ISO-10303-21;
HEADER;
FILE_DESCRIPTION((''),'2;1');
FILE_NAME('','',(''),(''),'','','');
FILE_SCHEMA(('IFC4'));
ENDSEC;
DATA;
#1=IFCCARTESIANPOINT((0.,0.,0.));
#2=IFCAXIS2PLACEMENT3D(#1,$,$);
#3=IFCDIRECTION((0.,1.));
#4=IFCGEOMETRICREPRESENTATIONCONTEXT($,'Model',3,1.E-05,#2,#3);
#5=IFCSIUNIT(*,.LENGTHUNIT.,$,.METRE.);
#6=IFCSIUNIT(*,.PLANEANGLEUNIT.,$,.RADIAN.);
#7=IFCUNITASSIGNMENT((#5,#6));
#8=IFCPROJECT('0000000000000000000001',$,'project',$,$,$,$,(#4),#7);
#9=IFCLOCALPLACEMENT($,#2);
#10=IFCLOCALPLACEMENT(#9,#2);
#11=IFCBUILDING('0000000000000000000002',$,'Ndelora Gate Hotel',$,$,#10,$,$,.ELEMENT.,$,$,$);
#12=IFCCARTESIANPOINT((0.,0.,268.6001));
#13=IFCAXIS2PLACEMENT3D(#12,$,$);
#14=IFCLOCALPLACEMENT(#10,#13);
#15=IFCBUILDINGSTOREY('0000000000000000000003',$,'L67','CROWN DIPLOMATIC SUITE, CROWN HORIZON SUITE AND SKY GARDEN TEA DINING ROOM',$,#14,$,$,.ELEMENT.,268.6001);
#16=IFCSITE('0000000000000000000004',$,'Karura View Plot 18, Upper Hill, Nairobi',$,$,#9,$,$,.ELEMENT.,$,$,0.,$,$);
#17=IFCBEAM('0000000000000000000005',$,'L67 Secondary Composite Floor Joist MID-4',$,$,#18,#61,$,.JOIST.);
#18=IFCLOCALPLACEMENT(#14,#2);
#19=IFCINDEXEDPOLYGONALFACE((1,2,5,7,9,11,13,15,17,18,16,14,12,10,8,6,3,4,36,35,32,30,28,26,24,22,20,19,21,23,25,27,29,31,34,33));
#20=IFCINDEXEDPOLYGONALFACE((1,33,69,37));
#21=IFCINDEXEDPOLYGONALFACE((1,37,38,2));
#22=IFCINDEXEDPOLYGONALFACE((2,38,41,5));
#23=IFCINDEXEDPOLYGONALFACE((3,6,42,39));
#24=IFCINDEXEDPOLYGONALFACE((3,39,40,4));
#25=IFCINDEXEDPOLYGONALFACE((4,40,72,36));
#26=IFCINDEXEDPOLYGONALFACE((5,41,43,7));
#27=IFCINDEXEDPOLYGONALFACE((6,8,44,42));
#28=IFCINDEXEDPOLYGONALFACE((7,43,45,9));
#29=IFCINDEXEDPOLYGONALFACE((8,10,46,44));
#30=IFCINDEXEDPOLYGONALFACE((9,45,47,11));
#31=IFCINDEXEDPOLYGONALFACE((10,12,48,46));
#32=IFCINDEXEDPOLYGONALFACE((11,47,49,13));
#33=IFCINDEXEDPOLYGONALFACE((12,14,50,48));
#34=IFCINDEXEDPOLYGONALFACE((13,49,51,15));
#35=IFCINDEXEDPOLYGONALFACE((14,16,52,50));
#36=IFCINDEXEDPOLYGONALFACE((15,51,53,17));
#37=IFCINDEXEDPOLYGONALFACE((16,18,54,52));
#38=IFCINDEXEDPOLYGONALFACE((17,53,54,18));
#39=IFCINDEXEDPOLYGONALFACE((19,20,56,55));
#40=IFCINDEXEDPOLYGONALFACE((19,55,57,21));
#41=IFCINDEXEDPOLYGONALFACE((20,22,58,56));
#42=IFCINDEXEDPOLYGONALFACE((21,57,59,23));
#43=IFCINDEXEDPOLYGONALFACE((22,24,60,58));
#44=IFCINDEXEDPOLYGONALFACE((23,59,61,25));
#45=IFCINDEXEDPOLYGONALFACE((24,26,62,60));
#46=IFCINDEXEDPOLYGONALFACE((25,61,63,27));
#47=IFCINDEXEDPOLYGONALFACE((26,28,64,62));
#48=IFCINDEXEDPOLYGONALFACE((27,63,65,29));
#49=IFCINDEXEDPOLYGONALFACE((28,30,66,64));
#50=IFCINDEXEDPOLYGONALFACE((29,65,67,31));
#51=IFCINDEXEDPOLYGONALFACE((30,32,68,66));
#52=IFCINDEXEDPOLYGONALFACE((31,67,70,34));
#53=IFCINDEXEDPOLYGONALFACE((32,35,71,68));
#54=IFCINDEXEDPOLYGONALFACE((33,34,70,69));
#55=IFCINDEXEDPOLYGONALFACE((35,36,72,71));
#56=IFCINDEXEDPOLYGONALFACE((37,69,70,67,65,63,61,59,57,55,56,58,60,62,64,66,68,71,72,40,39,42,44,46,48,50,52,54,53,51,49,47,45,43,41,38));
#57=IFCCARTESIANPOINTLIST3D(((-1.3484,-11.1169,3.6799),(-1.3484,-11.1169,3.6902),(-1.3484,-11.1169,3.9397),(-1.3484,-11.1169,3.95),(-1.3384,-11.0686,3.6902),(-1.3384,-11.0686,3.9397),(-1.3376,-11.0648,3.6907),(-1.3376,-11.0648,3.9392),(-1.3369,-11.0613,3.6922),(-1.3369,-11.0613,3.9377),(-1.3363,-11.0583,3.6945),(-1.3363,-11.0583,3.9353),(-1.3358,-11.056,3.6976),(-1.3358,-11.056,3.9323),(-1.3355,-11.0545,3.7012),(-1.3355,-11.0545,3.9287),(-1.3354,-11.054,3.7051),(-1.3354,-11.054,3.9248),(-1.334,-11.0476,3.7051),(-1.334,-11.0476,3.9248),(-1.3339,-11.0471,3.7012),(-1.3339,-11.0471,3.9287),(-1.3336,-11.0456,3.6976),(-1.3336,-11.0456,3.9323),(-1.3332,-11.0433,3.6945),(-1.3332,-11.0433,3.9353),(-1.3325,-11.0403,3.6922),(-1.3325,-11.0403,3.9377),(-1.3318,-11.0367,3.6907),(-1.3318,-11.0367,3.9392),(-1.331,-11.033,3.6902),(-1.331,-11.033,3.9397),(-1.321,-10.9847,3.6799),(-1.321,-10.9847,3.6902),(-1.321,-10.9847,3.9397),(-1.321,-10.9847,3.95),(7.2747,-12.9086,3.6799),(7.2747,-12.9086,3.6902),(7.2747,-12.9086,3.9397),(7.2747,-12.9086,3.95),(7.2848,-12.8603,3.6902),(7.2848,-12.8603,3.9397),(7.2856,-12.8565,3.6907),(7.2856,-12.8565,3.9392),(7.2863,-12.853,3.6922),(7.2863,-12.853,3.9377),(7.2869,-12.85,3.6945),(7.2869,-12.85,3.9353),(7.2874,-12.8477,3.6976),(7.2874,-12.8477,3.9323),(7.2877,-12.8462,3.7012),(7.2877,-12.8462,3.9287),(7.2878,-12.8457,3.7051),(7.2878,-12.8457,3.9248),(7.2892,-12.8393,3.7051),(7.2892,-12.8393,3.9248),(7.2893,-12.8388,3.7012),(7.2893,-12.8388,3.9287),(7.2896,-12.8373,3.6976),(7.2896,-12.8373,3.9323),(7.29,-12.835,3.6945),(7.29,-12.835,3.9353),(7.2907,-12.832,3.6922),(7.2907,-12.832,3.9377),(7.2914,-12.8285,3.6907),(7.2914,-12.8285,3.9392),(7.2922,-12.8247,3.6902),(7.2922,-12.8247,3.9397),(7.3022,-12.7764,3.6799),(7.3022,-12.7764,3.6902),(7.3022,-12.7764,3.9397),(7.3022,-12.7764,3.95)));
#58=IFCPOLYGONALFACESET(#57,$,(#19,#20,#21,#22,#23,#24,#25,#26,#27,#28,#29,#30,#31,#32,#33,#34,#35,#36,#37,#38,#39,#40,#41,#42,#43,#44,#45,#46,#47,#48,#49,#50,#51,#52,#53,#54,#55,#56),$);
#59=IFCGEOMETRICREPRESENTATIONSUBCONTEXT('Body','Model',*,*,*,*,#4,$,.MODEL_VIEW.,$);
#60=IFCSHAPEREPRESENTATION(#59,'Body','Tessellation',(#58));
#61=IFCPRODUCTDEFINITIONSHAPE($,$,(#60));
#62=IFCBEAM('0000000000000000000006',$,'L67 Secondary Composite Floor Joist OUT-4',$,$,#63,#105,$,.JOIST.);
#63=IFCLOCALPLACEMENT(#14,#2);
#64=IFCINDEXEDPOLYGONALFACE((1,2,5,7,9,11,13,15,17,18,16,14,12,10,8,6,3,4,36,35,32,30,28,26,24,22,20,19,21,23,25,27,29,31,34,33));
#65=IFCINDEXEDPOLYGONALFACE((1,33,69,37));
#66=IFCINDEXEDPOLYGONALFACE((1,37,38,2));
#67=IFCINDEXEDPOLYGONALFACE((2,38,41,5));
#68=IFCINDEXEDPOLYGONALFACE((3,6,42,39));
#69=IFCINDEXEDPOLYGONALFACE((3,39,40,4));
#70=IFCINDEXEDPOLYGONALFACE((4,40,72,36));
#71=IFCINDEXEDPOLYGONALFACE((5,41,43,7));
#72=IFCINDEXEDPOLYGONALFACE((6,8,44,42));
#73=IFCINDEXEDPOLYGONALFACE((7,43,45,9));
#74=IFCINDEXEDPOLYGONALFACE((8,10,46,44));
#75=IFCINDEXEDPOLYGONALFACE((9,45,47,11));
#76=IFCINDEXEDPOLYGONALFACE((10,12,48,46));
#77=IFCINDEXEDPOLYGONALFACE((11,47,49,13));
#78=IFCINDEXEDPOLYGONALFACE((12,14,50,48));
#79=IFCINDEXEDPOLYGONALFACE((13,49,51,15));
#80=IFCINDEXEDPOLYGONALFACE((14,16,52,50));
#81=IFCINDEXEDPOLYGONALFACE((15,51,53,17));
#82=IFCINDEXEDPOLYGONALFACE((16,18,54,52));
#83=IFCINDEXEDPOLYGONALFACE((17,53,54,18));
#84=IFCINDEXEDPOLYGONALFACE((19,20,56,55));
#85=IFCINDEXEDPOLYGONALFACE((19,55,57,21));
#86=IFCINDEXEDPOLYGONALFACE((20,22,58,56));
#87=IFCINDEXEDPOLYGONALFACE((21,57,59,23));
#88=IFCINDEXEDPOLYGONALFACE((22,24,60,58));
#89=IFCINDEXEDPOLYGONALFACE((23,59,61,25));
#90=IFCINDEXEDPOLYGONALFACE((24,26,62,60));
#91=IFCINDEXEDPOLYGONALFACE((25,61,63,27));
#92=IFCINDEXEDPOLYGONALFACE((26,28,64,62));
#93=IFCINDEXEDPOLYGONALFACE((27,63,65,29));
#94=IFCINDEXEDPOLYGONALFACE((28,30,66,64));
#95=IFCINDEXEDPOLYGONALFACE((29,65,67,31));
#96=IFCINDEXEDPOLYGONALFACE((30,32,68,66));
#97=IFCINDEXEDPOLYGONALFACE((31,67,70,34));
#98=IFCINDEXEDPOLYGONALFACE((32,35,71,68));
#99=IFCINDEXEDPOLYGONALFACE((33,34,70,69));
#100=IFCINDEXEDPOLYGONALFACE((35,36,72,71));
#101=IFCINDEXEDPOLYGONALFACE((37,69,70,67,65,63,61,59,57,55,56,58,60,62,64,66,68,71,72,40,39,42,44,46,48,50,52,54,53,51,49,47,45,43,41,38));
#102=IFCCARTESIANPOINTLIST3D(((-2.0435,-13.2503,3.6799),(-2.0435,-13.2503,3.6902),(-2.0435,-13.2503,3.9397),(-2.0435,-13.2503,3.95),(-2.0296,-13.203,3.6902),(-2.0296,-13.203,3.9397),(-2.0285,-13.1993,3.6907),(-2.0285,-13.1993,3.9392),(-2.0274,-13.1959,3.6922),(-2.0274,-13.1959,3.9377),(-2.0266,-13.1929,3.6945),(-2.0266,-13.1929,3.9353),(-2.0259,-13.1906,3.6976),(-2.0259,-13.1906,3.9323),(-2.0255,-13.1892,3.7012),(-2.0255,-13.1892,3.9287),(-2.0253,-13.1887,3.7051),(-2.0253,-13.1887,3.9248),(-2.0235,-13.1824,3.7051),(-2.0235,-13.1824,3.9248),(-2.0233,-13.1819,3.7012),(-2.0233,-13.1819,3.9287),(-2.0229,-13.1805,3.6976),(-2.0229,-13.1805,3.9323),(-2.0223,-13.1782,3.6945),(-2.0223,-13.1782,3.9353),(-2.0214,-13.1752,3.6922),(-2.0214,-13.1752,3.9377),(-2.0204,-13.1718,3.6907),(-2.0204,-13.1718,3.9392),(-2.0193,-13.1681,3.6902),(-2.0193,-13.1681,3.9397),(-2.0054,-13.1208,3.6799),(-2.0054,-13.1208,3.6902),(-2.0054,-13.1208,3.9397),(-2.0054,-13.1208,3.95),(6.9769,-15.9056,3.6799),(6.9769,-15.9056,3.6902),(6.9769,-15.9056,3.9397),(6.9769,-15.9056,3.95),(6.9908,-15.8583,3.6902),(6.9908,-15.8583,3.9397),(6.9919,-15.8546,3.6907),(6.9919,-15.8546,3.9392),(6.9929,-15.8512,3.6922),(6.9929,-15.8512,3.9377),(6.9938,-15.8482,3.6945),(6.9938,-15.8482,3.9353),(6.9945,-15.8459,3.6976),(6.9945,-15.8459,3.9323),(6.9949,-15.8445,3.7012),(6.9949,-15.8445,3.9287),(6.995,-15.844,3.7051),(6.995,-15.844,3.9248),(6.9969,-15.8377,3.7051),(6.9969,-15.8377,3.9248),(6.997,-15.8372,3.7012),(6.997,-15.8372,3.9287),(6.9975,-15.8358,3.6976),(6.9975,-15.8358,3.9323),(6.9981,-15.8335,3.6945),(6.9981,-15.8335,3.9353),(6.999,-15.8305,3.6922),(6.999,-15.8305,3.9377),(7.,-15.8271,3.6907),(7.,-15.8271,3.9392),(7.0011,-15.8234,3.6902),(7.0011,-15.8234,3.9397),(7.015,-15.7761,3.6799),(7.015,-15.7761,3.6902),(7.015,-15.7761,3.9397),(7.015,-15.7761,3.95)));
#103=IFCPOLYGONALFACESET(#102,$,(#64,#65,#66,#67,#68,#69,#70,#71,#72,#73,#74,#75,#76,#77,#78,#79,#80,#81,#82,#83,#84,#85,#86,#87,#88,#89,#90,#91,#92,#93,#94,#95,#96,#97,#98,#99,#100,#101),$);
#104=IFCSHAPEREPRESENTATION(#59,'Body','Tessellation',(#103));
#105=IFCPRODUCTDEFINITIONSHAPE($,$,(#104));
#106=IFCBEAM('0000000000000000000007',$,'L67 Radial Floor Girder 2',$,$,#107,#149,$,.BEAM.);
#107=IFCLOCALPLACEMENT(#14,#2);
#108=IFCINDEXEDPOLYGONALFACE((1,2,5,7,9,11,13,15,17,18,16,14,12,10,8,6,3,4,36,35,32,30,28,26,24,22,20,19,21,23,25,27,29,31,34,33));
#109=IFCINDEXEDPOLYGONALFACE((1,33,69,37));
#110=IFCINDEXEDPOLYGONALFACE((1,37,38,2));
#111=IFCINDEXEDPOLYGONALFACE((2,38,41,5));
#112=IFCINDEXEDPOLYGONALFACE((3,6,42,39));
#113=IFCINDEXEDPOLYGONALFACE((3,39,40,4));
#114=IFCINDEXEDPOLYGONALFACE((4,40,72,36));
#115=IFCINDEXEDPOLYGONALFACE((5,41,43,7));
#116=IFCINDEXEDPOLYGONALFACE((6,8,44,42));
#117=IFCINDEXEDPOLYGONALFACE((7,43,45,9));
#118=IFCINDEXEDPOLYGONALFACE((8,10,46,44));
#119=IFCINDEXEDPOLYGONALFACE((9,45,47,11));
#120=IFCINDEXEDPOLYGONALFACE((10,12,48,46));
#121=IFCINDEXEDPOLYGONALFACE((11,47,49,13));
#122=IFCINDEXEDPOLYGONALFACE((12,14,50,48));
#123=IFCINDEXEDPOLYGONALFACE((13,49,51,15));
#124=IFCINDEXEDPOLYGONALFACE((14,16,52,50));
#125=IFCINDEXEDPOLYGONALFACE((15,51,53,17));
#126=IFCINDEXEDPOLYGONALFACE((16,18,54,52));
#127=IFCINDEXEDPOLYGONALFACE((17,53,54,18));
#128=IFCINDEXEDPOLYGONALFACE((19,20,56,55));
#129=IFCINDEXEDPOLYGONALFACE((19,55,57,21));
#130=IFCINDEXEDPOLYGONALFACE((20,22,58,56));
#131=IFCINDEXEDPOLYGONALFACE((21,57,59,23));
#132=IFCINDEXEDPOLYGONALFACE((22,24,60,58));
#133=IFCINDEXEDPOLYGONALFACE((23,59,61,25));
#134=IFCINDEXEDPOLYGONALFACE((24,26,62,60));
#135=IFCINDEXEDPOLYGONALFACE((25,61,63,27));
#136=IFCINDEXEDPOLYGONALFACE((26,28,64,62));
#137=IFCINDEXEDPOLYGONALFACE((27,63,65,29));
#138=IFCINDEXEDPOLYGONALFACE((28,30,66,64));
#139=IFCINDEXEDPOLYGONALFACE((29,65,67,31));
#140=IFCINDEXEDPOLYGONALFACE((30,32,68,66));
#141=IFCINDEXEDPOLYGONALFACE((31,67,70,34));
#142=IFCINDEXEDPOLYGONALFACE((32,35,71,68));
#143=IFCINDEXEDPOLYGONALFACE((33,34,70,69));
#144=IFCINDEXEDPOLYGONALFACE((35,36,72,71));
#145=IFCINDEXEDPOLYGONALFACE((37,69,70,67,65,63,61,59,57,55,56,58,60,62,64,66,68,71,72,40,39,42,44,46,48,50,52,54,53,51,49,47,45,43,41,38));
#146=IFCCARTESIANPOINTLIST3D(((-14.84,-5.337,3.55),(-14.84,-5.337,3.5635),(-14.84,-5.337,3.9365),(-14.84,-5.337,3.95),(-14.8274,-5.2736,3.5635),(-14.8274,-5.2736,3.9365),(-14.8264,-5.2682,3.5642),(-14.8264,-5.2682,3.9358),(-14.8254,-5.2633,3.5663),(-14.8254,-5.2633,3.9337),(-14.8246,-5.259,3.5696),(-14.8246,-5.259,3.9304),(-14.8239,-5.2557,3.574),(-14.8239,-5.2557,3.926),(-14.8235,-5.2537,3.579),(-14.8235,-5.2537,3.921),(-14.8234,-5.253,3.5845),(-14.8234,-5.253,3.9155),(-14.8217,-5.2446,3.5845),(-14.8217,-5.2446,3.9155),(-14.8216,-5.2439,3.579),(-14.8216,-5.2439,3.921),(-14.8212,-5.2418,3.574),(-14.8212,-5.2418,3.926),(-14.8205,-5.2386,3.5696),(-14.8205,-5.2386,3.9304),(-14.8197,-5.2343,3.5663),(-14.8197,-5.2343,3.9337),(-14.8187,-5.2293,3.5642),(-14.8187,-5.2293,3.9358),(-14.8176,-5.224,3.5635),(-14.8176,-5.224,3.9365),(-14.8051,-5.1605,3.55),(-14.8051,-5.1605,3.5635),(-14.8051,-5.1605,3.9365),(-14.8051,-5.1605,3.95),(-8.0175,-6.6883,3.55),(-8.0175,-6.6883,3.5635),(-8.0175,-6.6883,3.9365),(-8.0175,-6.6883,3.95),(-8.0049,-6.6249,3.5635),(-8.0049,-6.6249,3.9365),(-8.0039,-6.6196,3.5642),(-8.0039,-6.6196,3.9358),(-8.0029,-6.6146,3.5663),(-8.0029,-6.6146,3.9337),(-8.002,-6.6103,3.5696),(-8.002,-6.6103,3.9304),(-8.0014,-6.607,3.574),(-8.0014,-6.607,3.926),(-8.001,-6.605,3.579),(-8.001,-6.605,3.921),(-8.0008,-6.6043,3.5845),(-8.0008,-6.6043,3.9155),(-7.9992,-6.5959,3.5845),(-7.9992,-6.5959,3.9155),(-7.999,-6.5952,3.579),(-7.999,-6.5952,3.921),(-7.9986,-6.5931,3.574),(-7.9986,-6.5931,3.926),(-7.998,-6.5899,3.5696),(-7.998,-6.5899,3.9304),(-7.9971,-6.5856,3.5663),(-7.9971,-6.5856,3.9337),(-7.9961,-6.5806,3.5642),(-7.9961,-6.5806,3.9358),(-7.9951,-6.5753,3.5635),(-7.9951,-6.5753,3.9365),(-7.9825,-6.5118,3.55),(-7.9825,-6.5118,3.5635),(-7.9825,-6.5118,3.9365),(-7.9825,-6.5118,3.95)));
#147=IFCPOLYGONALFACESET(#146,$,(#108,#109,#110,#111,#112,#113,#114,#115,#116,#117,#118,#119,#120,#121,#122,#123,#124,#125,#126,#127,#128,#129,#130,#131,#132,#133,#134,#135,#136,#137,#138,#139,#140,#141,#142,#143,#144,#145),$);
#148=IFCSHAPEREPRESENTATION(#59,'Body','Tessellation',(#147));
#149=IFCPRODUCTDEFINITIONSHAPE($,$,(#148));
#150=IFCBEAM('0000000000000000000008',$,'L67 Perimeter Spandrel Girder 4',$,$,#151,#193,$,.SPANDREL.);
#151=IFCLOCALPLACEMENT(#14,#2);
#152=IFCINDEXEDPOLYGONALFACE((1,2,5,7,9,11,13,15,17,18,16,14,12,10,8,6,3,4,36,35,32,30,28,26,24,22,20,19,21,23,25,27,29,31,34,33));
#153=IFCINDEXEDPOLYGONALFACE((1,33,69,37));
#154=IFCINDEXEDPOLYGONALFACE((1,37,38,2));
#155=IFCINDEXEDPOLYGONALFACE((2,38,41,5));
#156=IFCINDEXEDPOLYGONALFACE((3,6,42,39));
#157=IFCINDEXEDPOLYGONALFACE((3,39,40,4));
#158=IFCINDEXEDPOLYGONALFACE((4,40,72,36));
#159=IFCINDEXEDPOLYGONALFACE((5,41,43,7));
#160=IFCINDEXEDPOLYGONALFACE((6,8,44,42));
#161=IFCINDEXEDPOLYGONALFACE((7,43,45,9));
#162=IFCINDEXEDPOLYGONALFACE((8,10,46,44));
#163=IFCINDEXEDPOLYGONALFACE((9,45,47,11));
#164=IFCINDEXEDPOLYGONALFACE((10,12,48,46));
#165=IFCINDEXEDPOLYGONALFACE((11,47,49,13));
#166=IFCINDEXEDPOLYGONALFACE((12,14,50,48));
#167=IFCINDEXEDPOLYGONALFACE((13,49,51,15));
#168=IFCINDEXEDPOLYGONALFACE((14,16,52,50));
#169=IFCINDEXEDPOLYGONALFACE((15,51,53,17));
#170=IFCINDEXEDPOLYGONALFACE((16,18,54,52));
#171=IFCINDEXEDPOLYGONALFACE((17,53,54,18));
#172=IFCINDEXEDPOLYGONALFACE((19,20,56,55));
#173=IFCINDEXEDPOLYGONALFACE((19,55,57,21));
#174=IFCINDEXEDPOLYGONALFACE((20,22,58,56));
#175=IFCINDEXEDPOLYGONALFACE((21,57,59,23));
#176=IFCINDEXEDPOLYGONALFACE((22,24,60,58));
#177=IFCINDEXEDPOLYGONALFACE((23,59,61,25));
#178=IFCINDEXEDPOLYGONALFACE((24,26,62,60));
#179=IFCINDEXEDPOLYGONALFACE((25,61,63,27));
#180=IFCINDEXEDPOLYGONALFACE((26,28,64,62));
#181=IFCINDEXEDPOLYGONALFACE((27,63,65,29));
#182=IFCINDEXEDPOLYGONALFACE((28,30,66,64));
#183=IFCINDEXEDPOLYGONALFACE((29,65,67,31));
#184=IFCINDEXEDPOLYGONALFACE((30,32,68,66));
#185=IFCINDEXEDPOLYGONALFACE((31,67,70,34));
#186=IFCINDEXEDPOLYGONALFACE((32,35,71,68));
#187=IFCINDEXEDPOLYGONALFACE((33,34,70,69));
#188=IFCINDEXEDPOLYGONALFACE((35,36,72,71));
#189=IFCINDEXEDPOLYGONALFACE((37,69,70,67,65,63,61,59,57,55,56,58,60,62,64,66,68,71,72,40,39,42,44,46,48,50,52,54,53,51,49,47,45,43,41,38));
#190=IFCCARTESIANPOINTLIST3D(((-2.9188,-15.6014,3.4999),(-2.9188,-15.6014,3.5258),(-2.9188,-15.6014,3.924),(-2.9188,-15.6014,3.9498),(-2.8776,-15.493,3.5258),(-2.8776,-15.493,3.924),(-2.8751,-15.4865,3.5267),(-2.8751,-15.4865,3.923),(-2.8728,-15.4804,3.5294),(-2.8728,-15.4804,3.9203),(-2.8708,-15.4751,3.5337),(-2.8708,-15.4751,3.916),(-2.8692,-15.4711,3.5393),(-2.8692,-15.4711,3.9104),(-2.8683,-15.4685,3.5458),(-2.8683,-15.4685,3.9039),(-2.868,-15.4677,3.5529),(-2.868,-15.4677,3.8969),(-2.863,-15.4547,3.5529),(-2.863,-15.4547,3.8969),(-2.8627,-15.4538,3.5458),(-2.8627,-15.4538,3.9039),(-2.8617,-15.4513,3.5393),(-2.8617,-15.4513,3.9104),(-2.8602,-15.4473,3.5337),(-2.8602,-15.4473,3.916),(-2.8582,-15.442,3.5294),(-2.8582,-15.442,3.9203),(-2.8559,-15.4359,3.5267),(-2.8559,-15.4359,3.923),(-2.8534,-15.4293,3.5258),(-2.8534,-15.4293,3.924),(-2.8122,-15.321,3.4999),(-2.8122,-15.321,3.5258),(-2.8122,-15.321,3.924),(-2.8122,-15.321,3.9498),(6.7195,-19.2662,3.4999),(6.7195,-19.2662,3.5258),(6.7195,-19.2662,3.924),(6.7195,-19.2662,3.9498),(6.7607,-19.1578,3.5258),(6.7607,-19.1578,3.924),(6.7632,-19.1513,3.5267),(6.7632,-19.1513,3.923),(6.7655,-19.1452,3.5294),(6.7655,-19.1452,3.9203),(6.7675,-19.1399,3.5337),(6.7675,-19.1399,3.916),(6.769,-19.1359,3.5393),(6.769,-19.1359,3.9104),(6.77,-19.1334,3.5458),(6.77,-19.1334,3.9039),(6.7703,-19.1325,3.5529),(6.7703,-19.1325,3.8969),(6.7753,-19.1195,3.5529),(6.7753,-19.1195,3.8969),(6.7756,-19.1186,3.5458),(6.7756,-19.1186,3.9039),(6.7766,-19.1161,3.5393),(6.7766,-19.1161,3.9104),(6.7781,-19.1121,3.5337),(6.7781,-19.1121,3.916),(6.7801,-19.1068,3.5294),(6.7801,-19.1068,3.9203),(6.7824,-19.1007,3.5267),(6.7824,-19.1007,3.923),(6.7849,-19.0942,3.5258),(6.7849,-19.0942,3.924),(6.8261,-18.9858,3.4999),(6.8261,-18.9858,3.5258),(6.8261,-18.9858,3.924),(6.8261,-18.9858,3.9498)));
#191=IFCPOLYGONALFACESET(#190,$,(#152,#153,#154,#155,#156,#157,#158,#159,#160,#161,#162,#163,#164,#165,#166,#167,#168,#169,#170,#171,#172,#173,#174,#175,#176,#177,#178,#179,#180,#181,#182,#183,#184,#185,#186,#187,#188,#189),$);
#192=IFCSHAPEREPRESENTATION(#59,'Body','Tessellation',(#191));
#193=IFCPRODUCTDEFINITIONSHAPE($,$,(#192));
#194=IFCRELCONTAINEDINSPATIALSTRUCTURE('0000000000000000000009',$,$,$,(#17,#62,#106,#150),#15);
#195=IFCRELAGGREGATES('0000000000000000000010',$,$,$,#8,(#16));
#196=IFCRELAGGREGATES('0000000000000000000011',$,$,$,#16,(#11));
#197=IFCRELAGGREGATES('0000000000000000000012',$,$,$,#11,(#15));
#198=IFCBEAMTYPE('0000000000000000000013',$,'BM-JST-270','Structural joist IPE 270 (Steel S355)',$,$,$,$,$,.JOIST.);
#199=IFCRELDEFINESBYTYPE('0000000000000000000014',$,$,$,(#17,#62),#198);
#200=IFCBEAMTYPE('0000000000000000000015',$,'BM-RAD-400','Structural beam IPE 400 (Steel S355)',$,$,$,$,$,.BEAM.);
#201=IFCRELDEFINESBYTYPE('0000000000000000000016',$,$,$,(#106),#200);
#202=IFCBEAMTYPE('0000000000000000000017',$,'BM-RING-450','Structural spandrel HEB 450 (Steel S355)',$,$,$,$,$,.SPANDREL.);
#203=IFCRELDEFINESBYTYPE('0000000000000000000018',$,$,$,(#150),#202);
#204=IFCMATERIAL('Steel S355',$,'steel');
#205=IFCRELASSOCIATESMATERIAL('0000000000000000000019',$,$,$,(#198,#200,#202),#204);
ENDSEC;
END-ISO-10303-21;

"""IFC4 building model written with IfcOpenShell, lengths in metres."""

from ifc_helpers import new_model, si_unit, direction, frame, origin, origin_2d, place, context, subcontext, project, spatial, i_section, extrude, material, material_profile, profile_set, type_object, element, save


model = new_model("IFC4")

# Units and contexts
model_context = context("Model", 3, precision=1e-05, world=origin(), true_north=direction((0.0, 1.0)))
body_context = subcontext(model_context, "Body", "Model", "MODEL_VIEW")
ifc_project = project(units=[si_unit("LENGTHUNIT", "METRE"), si_unit("PLANEANGLEUNIT", "RADIAN")], contexts=[model_context])

# Site, building, storey
site_placement = place(None, origin())
site = spatial("IfcSite", under=ifc_project, at=site_placement, Name="Karura View Plot 18, Upper Hill, Nairobi", CompositionType="ELEMENT", RefElevation=0.0)
building_placement = place(site_placement, origin())
building = spatial("IfcBuilding", under=site, at=building_placement, Name="Ndelora Gate Hotel", CompositionType="ELEMENT")
storey_placement = place(building_placement, frame((0.0, 0.0, 268.6001)))
storey = spatial("IfcBuildingStorey", under=building, at=storey_placement, Name="L67", Description="CROWN DIPLOMATIC SUITE, CROWN HORIZON SUITE AND SKY GARDEN TEA DINING ROOM", CompositionType="ELEMENT", Elevation=268.6001)

# Beams
ifc_material_1 = material(Name="Steel S355", Category="steel")
ifc_material_profile_1 = material_profile(ifc_material_1, i_section(OverallWidth=0.135, OverallDepth=0.27, WebThickness=0.0066, FlangeThickness=0.0103, FilletRadius=0.0149, at=origin_2d()), Name="IPE 270")
ifc_profile_set_1 = profile_set([ifc_material_profile_1], Name="Steel S355")
beam_type_1 = type_object("IfcBeamType", Name="BM-JST-270", Description="Structural joist IPE 270 (Steel S355)", PredefinedType="JOIST", material=ifc_profile_set_1)
beam_1_placement = place(storey_placement, frame((-1.3347, -11.0508, 3.8149), z_axis=(0.979088, -0.203435, 0.0), x_axis=(0.203435, 0.979088, 0.0)))
element("IfcBeam", 1, at=beam_1_placement, inside=storey, type_object=beam_type_1, Name="L67 Secondary Composite Floor Joist MID-4", PredefinedType="JOIST", context=body_context, shape_type="SweptSolid", body=[
    extrude(i_section(OverallWidth=0.135, OverallDepth=0.27, WebThickness=0.0066, FlangeThickness=0.0103, FilletRadius=0.0149, at=origin_2d()), origin(), (0.0, 0.0, 1.0), 8.8074),
])
beam_2_placement = place(storey_placement, frame((-2.0244, -13.1855, 3.8149), z_axis=(0.959301, -0.282387, 0.0), x_axis=(0.282387, 0.959301, 0.0)))
element("IfcBeam", 2, at=beam_2_placement, inside=storey, type_object=beam_type_1, Name="L67 Secondary Composite Floor Joist OUT-4", PredefinedType="JOIST", context=body_context, shape_type="SweptSolid", body=[
    extrude(i_section(OverallWidth=0.135, OverallDepth=0.27, WebThickness=0.0066, FlangeThickness=0.0103, FilletRadius=0.0149, at=origin_2d()), origin(), (0.0, 0.0, 1.0), 9.4031),
])
ifc_material_profile_2 = material_profile(ifc_material_1, i_section(OverallWidth=0.1799, OverallDepth=0.3999, WebThickness=0.0085, FlangeThickness=0.0134, FilletRadius=0.021, at=origin_2d()), Name="IPE 400")
ifc_profile_set_2 = profile_set([ifc_material_profile_2], Name="Steel S355")
beam_type_2 = type_object("IfcBeamType", Name="BM-RAD-400", Description="Structural beam IPE 400 (Steel S355)", PredefinedType="BEAM", material=ifc_profile_set_2)
beam_3_placement = place(storey_placement, frame((-8.0, -6.6001, 3.75), z_axis=(-0.980944, 0.194293, 0.0), x_axis=(-0.194293, -0.980944, 0.0)))
element("IfcBeam", 3, at=beam_3_placement, inside=storey, type_object=beam_type_2, Name="L67 Radial Floor Girder 2", PredefinedType="BEAM", context=body_context, shape_type="SweptSolid", body=[
    extrude(i_section(OverallWidth=0.1799, OverallDepth=0.3999, WebThickness=0.0085, FlangeThickness=0.0134, FilletRadius=0.021, at=origin_2d()), origin(), (0.0, 0.0, 1.0), 6.9551),
])
ifc_material_profile_3 = material_profile(ifc_material_1, i_section(OverallWidth=0.3, OverallDepth=0.45, WebThickness=0.0139, FlangeThickness=0.0259, FilletRadius=0.0271, at=origin_2d()), Name="HEB 450")
ifc_profile_set_3 = profile_set([ifc_material_profile_3], Name="Steel S355")
beam_type_3 = type_object("IfcBeamType", Name="BM-RING-450", Description="Structural spandrel HEB 450 (Steel S355)", PredefinedType="SPANDREL", material=ifc_profile_set_3)
beam_4_placement = place(storey_placement, frame((-2.8655, -15.4612, 3.7249), z_axis=(0.93471, -0.355411, 0.0), x_axis=(0.355411, 0.93471, 0.0)))
element("IfcBeam", 4, at=beam_4_placement, inside=storey, type_object=beam_type_3, Name="L67 Perimeter Spandrel Girder 4", PredefinedType="SPANDREL", context=body_context, shape_type="SweptSolid", body=[
    extrude(i_section(OverallWidth=0.3, OverallDepth=0.45, WebThickness=0.0139, FlangeThickness=0.0259, FilletRadius=0.0271, at=origin_2d()), origin(), (0.0, 0.0, 1.0), 10.3115),
])

save(model, "model.ifc")
